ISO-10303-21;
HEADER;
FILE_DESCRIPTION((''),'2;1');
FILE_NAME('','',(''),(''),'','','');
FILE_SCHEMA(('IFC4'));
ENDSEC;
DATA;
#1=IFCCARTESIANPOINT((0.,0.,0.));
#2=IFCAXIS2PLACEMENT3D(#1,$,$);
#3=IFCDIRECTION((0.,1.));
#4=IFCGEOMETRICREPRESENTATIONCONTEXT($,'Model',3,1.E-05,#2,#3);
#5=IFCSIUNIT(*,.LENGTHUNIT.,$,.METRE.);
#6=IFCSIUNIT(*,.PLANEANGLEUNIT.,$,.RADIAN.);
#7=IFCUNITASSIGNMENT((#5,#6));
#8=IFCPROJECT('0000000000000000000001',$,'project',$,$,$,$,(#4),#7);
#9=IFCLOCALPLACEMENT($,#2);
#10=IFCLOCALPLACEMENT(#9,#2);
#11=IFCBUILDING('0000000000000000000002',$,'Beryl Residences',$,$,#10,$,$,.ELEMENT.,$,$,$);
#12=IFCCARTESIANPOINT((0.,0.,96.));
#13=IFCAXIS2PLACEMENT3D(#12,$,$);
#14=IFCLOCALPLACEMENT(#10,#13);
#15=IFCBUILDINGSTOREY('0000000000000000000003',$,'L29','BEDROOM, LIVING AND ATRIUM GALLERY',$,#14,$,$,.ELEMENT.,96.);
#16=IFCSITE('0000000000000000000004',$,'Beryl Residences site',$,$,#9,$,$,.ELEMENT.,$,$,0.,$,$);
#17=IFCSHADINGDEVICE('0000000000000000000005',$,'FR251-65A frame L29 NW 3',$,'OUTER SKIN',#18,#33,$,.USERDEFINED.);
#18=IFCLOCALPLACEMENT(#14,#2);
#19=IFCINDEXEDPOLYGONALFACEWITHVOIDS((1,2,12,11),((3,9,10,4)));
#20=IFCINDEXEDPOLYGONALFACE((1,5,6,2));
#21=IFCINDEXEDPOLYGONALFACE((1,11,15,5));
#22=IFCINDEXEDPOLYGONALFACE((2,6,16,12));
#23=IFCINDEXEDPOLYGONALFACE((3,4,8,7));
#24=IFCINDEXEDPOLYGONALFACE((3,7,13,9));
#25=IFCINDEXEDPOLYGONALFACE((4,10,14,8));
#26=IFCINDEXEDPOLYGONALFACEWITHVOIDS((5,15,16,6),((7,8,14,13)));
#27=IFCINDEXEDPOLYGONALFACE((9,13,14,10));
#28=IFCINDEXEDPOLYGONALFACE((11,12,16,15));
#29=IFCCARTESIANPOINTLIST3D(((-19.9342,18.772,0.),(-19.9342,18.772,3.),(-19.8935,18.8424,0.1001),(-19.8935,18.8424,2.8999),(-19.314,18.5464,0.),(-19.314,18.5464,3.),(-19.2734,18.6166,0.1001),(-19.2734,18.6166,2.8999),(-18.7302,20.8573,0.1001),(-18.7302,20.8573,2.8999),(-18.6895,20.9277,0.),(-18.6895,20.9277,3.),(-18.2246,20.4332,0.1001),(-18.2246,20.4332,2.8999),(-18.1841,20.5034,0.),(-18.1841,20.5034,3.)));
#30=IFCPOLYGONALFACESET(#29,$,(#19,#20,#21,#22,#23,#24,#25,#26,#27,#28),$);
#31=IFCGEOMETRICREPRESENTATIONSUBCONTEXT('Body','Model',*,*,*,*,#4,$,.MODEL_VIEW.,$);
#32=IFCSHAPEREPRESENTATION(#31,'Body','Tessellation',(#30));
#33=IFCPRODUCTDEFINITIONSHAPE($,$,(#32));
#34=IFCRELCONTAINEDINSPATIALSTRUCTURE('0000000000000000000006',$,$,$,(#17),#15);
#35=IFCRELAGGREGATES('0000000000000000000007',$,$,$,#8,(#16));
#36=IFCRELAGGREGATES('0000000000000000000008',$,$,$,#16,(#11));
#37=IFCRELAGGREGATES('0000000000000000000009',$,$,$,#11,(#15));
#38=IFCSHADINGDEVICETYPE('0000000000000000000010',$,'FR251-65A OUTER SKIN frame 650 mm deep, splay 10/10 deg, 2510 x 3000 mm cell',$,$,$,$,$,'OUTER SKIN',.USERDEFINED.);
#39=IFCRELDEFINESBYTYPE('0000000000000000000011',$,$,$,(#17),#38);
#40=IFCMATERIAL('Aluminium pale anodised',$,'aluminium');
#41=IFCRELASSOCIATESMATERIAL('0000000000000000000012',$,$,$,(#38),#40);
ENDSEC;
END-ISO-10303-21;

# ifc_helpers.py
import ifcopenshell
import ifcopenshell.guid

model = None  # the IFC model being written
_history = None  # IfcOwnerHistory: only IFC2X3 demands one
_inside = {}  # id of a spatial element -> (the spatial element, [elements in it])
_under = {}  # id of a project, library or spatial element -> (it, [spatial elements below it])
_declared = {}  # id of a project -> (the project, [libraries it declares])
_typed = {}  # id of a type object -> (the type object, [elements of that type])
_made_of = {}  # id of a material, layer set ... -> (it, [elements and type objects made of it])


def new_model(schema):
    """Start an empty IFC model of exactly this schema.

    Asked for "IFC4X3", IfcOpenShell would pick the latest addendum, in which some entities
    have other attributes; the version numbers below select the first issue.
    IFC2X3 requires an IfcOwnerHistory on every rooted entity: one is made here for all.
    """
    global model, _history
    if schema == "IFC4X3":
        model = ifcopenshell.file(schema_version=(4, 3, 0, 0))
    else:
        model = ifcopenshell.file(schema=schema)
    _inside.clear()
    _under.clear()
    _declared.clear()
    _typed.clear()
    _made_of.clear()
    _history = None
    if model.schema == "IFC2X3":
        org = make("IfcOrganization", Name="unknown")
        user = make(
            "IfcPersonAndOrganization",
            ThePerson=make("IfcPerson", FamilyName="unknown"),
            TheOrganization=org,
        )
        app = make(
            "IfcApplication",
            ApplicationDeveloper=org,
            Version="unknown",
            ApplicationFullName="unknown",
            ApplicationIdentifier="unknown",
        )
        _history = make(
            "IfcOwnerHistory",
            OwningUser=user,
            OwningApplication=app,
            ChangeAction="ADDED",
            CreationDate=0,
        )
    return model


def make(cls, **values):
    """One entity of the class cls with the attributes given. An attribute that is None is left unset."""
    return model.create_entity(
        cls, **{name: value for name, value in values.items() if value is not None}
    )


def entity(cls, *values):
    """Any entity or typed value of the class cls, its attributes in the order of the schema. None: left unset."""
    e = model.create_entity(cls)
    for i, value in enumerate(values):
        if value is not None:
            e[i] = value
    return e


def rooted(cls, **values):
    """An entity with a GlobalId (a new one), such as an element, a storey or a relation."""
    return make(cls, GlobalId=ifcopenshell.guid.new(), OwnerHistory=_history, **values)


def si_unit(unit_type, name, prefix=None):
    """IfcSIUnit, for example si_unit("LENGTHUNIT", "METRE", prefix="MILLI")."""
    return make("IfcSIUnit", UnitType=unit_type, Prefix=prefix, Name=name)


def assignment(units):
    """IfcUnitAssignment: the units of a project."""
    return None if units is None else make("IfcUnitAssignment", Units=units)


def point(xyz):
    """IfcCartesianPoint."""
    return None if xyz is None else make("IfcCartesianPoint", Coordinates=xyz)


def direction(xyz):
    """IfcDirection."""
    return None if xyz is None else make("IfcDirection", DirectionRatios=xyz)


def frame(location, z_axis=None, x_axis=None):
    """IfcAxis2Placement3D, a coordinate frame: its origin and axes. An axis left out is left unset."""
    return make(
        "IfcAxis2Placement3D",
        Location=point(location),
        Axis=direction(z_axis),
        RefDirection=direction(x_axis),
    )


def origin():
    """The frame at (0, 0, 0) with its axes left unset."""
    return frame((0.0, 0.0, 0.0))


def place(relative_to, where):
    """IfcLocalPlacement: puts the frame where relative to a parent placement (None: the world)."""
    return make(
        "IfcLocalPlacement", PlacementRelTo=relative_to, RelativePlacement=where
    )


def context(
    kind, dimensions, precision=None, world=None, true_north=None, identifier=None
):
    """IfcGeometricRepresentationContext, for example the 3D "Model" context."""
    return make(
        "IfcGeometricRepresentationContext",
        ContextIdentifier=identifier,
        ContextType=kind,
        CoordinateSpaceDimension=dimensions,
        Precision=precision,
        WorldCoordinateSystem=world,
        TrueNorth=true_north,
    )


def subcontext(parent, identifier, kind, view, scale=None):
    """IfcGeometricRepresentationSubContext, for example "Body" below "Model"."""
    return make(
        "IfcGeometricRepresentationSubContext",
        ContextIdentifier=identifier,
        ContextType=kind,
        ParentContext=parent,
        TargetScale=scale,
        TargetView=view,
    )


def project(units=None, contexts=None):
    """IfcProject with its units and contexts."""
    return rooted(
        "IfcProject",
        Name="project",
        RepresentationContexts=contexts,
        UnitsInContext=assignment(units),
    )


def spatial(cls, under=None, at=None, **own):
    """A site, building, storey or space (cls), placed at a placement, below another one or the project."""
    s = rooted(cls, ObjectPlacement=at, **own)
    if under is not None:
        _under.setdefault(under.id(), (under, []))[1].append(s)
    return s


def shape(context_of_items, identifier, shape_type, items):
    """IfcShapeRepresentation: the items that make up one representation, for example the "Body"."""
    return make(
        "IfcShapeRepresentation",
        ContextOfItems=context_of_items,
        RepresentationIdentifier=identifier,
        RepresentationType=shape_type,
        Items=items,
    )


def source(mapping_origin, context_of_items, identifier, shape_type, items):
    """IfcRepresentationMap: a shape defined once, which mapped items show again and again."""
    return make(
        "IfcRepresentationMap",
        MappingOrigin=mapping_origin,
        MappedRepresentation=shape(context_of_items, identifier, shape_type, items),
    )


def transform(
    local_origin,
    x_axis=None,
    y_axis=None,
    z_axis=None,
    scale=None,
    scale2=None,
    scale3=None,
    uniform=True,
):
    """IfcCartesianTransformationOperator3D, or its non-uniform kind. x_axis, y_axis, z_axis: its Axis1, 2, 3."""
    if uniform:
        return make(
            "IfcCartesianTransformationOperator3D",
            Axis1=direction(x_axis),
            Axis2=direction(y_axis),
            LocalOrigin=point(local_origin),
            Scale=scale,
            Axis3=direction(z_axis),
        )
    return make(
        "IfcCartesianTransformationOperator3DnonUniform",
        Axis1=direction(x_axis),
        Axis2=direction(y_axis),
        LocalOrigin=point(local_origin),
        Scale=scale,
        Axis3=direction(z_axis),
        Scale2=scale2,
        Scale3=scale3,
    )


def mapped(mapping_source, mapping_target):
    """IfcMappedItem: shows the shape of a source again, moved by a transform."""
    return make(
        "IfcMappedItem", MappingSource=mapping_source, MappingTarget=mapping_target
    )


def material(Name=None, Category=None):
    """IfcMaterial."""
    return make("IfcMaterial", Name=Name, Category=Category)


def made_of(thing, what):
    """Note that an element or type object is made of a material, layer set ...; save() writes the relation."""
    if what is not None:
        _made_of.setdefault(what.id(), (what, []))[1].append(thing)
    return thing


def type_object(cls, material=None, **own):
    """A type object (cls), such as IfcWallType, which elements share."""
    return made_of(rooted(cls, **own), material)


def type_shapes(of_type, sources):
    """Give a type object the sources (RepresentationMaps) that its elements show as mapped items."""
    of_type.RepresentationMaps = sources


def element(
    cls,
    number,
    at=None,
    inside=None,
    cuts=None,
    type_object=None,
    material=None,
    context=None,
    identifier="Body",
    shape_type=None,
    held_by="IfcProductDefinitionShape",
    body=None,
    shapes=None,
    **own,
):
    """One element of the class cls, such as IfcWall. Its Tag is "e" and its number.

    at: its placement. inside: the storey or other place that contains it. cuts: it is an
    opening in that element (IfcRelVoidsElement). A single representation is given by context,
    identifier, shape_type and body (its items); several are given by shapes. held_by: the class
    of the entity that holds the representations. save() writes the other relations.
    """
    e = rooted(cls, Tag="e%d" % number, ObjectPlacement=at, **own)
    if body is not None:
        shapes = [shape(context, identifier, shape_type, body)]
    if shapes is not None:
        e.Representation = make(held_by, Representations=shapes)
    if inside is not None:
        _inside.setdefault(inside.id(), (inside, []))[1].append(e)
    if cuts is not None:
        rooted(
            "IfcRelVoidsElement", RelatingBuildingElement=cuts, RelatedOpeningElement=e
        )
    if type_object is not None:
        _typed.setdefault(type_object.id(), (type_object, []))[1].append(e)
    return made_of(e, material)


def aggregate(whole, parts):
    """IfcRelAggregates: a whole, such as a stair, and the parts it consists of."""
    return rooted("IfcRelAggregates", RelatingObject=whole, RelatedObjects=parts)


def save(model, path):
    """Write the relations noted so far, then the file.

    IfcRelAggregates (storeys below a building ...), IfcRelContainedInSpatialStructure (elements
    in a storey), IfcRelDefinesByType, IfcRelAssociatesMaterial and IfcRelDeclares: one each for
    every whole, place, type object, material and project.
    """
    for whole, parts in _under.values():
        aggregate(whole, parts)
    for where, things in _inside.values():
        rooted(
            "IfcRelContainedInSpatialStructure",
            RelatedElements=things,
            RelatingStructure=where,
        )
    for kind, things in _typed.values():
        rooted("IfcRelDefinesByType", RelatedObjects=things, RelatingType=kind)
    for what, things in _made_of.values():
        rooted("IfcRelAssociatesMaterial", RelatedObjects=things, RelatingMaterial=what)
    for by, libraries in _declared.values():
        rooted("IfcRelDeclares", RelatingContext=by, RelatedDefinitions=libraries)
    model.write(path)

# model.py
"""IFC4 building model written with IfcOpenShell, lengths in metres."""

from ifc_helpers import new_model, entity, si_unit, direction, frame, origin, place, context, subcontext, project, spatial, source, transform, mapped, material, type_object, type_shapes, element, save


model = new_model("IFC4")

# Units and contexts
model_context = context("Model", 3, precision=1e-05, world=origin(), true_north=direction((0.0, 1.0)))
body_context = subcontext(model_context, "Body", "Model", "MODEL_VIEW")
ifc_project = project(units=[si_unit("LENGTHUNIT", "METRE"), si_unit("PLANEANGLEUNIT", "RADIAN")], contexts=[model_context])

# Site, building, storey
site_placement = place(None, origin())
site = spatial("IfcSite", under=ifc_project, at=site_placement, Name="Beryl Residences site", CompositionType="ELEMENT", RefElevation=0.0)
building_placement = place(site_placement, origin())
building = spatial("IfcBuilding", under=site, at=building_placement, Name="Beryl Residences", CompositionType="ELEMENT")
storey_placement = place(building_placement, frame((0.0, 0.0, 96.0)))
storey = spatial("IfcBuildingStorey", under=building, at=storey_placement, Name="L29", Description="BEDROOM, LIVING AND ATRIUM GALLERY", CompositionType="ELEMENT", Elevation=96.0)

# Shading device
ifc_material_1 = material(Name="Aluminium pale anodised", Category="aluminium")
shading_device_type_1 = type_object("IfcShadingDeviceType", Name="FR251-65A OUTER SKIN frame 650 mm deep, splay 10/10 deg, 2510 x 3000 mm cell", ElementType="OUTER SKIN", PredefinedType="USERDEFINED", material=ifc_material_1)
cartesian_point_1 = entity("IfcCartesianPoint", [-1.1299, 0.0])
cartesian_point_2 = entity("IfcCartesianPoint", [-1.0488, 0.1001])
cartesian_point_3 = entity("IfcCartesianPoint", [-1.2446, 0.0])
cartesian_point_4 = entity("IfcCartesianPoint", [-1.1633, 0.1001])
shared_shape_1 = source(origin(), body_context, "Body", "SweptSolid", [
    entity("IfcExtrudedAreaSolidTapered", entity("IfcArbitraryProfileDefWithVoids", "AREA", None, entity("IfcPolyline", [cartesian_point_1, entity("IfcCartesianPoint", [1.1299, 0.0]), entity("IfcCartesianPoint", [1.1299, 3.0]), entity("IfcCartesianPoint", [-1.1299, 3.0]), cartesian_point_1]), [entity("IfcPolyline", [cartesian_point_2, entity("IfcCartesianPoint", [1.0488, 0.1001]), entity("IfcCartesianPoint", [1.0488, 2.8999]), entity("IfcCartesianPoint", [-1.0488, 2.8999]), cartesian_point_2])]), entity("IfcAxis2Placement3D", entity("IfcCartesianPoint", [0.0, 0.0, 0.0]), entity("IfcDirection", [0.0, 1.0, 0.0]), entity("IfcDirection", [-1.0, 0.0, 0.0])), entity("IfcDirection", [0.0, 0.0, 1.0]), 0.6499, entity("IfcArbitraryProfileDefWithVoids", "AREA", None, entity("IfcPolyline", [cartesian_point_3, entity("IfcCartesianPoint", [1.2446, 0.0]), entity("IfcCartesianPoint", [1.2446, 3.0]), entity("IfcCartesianPoint", [-1.2446, 3.0]), cartesian_point_3]), [entity("IfcPolyline", [cartesian_point_4, entity("IfcCartesianPoint", [1.1633, 0.1001]), entity("IfcCartesianPoint", [1.1633, 2.8999]), entity("IfcCartesianPoint", [-1.1633, 2.8999]), cartesian_point_4])])),
])
type_shapes(shading_device_type_1, [shared_shape_1])
for number, where, z_axis, x_axis, name in (
    (1, (-18.749, 19.5249, 0.0), (0.0, 0.0, 1.0), (0.5, 0.866025, 0.0), "FR251-65A frame L29 NW 3"),
):
    element("IfcShadingDevice", number, at=place(storey_placement, frame(where, z_axis=z_axis, x_axis=x_axis)), inside=storey, type_object=shading_device_type_1, Name=name, ObjectType="OUTER SKIN", PredefinedType="USERDEFINED", context=body_context, shape_type="MappedRepresentation", body=[
        mapped(shared_shape_1, transform((0.0, 0.0, 0.0))),
    ])

save(model, "model.ifc")
